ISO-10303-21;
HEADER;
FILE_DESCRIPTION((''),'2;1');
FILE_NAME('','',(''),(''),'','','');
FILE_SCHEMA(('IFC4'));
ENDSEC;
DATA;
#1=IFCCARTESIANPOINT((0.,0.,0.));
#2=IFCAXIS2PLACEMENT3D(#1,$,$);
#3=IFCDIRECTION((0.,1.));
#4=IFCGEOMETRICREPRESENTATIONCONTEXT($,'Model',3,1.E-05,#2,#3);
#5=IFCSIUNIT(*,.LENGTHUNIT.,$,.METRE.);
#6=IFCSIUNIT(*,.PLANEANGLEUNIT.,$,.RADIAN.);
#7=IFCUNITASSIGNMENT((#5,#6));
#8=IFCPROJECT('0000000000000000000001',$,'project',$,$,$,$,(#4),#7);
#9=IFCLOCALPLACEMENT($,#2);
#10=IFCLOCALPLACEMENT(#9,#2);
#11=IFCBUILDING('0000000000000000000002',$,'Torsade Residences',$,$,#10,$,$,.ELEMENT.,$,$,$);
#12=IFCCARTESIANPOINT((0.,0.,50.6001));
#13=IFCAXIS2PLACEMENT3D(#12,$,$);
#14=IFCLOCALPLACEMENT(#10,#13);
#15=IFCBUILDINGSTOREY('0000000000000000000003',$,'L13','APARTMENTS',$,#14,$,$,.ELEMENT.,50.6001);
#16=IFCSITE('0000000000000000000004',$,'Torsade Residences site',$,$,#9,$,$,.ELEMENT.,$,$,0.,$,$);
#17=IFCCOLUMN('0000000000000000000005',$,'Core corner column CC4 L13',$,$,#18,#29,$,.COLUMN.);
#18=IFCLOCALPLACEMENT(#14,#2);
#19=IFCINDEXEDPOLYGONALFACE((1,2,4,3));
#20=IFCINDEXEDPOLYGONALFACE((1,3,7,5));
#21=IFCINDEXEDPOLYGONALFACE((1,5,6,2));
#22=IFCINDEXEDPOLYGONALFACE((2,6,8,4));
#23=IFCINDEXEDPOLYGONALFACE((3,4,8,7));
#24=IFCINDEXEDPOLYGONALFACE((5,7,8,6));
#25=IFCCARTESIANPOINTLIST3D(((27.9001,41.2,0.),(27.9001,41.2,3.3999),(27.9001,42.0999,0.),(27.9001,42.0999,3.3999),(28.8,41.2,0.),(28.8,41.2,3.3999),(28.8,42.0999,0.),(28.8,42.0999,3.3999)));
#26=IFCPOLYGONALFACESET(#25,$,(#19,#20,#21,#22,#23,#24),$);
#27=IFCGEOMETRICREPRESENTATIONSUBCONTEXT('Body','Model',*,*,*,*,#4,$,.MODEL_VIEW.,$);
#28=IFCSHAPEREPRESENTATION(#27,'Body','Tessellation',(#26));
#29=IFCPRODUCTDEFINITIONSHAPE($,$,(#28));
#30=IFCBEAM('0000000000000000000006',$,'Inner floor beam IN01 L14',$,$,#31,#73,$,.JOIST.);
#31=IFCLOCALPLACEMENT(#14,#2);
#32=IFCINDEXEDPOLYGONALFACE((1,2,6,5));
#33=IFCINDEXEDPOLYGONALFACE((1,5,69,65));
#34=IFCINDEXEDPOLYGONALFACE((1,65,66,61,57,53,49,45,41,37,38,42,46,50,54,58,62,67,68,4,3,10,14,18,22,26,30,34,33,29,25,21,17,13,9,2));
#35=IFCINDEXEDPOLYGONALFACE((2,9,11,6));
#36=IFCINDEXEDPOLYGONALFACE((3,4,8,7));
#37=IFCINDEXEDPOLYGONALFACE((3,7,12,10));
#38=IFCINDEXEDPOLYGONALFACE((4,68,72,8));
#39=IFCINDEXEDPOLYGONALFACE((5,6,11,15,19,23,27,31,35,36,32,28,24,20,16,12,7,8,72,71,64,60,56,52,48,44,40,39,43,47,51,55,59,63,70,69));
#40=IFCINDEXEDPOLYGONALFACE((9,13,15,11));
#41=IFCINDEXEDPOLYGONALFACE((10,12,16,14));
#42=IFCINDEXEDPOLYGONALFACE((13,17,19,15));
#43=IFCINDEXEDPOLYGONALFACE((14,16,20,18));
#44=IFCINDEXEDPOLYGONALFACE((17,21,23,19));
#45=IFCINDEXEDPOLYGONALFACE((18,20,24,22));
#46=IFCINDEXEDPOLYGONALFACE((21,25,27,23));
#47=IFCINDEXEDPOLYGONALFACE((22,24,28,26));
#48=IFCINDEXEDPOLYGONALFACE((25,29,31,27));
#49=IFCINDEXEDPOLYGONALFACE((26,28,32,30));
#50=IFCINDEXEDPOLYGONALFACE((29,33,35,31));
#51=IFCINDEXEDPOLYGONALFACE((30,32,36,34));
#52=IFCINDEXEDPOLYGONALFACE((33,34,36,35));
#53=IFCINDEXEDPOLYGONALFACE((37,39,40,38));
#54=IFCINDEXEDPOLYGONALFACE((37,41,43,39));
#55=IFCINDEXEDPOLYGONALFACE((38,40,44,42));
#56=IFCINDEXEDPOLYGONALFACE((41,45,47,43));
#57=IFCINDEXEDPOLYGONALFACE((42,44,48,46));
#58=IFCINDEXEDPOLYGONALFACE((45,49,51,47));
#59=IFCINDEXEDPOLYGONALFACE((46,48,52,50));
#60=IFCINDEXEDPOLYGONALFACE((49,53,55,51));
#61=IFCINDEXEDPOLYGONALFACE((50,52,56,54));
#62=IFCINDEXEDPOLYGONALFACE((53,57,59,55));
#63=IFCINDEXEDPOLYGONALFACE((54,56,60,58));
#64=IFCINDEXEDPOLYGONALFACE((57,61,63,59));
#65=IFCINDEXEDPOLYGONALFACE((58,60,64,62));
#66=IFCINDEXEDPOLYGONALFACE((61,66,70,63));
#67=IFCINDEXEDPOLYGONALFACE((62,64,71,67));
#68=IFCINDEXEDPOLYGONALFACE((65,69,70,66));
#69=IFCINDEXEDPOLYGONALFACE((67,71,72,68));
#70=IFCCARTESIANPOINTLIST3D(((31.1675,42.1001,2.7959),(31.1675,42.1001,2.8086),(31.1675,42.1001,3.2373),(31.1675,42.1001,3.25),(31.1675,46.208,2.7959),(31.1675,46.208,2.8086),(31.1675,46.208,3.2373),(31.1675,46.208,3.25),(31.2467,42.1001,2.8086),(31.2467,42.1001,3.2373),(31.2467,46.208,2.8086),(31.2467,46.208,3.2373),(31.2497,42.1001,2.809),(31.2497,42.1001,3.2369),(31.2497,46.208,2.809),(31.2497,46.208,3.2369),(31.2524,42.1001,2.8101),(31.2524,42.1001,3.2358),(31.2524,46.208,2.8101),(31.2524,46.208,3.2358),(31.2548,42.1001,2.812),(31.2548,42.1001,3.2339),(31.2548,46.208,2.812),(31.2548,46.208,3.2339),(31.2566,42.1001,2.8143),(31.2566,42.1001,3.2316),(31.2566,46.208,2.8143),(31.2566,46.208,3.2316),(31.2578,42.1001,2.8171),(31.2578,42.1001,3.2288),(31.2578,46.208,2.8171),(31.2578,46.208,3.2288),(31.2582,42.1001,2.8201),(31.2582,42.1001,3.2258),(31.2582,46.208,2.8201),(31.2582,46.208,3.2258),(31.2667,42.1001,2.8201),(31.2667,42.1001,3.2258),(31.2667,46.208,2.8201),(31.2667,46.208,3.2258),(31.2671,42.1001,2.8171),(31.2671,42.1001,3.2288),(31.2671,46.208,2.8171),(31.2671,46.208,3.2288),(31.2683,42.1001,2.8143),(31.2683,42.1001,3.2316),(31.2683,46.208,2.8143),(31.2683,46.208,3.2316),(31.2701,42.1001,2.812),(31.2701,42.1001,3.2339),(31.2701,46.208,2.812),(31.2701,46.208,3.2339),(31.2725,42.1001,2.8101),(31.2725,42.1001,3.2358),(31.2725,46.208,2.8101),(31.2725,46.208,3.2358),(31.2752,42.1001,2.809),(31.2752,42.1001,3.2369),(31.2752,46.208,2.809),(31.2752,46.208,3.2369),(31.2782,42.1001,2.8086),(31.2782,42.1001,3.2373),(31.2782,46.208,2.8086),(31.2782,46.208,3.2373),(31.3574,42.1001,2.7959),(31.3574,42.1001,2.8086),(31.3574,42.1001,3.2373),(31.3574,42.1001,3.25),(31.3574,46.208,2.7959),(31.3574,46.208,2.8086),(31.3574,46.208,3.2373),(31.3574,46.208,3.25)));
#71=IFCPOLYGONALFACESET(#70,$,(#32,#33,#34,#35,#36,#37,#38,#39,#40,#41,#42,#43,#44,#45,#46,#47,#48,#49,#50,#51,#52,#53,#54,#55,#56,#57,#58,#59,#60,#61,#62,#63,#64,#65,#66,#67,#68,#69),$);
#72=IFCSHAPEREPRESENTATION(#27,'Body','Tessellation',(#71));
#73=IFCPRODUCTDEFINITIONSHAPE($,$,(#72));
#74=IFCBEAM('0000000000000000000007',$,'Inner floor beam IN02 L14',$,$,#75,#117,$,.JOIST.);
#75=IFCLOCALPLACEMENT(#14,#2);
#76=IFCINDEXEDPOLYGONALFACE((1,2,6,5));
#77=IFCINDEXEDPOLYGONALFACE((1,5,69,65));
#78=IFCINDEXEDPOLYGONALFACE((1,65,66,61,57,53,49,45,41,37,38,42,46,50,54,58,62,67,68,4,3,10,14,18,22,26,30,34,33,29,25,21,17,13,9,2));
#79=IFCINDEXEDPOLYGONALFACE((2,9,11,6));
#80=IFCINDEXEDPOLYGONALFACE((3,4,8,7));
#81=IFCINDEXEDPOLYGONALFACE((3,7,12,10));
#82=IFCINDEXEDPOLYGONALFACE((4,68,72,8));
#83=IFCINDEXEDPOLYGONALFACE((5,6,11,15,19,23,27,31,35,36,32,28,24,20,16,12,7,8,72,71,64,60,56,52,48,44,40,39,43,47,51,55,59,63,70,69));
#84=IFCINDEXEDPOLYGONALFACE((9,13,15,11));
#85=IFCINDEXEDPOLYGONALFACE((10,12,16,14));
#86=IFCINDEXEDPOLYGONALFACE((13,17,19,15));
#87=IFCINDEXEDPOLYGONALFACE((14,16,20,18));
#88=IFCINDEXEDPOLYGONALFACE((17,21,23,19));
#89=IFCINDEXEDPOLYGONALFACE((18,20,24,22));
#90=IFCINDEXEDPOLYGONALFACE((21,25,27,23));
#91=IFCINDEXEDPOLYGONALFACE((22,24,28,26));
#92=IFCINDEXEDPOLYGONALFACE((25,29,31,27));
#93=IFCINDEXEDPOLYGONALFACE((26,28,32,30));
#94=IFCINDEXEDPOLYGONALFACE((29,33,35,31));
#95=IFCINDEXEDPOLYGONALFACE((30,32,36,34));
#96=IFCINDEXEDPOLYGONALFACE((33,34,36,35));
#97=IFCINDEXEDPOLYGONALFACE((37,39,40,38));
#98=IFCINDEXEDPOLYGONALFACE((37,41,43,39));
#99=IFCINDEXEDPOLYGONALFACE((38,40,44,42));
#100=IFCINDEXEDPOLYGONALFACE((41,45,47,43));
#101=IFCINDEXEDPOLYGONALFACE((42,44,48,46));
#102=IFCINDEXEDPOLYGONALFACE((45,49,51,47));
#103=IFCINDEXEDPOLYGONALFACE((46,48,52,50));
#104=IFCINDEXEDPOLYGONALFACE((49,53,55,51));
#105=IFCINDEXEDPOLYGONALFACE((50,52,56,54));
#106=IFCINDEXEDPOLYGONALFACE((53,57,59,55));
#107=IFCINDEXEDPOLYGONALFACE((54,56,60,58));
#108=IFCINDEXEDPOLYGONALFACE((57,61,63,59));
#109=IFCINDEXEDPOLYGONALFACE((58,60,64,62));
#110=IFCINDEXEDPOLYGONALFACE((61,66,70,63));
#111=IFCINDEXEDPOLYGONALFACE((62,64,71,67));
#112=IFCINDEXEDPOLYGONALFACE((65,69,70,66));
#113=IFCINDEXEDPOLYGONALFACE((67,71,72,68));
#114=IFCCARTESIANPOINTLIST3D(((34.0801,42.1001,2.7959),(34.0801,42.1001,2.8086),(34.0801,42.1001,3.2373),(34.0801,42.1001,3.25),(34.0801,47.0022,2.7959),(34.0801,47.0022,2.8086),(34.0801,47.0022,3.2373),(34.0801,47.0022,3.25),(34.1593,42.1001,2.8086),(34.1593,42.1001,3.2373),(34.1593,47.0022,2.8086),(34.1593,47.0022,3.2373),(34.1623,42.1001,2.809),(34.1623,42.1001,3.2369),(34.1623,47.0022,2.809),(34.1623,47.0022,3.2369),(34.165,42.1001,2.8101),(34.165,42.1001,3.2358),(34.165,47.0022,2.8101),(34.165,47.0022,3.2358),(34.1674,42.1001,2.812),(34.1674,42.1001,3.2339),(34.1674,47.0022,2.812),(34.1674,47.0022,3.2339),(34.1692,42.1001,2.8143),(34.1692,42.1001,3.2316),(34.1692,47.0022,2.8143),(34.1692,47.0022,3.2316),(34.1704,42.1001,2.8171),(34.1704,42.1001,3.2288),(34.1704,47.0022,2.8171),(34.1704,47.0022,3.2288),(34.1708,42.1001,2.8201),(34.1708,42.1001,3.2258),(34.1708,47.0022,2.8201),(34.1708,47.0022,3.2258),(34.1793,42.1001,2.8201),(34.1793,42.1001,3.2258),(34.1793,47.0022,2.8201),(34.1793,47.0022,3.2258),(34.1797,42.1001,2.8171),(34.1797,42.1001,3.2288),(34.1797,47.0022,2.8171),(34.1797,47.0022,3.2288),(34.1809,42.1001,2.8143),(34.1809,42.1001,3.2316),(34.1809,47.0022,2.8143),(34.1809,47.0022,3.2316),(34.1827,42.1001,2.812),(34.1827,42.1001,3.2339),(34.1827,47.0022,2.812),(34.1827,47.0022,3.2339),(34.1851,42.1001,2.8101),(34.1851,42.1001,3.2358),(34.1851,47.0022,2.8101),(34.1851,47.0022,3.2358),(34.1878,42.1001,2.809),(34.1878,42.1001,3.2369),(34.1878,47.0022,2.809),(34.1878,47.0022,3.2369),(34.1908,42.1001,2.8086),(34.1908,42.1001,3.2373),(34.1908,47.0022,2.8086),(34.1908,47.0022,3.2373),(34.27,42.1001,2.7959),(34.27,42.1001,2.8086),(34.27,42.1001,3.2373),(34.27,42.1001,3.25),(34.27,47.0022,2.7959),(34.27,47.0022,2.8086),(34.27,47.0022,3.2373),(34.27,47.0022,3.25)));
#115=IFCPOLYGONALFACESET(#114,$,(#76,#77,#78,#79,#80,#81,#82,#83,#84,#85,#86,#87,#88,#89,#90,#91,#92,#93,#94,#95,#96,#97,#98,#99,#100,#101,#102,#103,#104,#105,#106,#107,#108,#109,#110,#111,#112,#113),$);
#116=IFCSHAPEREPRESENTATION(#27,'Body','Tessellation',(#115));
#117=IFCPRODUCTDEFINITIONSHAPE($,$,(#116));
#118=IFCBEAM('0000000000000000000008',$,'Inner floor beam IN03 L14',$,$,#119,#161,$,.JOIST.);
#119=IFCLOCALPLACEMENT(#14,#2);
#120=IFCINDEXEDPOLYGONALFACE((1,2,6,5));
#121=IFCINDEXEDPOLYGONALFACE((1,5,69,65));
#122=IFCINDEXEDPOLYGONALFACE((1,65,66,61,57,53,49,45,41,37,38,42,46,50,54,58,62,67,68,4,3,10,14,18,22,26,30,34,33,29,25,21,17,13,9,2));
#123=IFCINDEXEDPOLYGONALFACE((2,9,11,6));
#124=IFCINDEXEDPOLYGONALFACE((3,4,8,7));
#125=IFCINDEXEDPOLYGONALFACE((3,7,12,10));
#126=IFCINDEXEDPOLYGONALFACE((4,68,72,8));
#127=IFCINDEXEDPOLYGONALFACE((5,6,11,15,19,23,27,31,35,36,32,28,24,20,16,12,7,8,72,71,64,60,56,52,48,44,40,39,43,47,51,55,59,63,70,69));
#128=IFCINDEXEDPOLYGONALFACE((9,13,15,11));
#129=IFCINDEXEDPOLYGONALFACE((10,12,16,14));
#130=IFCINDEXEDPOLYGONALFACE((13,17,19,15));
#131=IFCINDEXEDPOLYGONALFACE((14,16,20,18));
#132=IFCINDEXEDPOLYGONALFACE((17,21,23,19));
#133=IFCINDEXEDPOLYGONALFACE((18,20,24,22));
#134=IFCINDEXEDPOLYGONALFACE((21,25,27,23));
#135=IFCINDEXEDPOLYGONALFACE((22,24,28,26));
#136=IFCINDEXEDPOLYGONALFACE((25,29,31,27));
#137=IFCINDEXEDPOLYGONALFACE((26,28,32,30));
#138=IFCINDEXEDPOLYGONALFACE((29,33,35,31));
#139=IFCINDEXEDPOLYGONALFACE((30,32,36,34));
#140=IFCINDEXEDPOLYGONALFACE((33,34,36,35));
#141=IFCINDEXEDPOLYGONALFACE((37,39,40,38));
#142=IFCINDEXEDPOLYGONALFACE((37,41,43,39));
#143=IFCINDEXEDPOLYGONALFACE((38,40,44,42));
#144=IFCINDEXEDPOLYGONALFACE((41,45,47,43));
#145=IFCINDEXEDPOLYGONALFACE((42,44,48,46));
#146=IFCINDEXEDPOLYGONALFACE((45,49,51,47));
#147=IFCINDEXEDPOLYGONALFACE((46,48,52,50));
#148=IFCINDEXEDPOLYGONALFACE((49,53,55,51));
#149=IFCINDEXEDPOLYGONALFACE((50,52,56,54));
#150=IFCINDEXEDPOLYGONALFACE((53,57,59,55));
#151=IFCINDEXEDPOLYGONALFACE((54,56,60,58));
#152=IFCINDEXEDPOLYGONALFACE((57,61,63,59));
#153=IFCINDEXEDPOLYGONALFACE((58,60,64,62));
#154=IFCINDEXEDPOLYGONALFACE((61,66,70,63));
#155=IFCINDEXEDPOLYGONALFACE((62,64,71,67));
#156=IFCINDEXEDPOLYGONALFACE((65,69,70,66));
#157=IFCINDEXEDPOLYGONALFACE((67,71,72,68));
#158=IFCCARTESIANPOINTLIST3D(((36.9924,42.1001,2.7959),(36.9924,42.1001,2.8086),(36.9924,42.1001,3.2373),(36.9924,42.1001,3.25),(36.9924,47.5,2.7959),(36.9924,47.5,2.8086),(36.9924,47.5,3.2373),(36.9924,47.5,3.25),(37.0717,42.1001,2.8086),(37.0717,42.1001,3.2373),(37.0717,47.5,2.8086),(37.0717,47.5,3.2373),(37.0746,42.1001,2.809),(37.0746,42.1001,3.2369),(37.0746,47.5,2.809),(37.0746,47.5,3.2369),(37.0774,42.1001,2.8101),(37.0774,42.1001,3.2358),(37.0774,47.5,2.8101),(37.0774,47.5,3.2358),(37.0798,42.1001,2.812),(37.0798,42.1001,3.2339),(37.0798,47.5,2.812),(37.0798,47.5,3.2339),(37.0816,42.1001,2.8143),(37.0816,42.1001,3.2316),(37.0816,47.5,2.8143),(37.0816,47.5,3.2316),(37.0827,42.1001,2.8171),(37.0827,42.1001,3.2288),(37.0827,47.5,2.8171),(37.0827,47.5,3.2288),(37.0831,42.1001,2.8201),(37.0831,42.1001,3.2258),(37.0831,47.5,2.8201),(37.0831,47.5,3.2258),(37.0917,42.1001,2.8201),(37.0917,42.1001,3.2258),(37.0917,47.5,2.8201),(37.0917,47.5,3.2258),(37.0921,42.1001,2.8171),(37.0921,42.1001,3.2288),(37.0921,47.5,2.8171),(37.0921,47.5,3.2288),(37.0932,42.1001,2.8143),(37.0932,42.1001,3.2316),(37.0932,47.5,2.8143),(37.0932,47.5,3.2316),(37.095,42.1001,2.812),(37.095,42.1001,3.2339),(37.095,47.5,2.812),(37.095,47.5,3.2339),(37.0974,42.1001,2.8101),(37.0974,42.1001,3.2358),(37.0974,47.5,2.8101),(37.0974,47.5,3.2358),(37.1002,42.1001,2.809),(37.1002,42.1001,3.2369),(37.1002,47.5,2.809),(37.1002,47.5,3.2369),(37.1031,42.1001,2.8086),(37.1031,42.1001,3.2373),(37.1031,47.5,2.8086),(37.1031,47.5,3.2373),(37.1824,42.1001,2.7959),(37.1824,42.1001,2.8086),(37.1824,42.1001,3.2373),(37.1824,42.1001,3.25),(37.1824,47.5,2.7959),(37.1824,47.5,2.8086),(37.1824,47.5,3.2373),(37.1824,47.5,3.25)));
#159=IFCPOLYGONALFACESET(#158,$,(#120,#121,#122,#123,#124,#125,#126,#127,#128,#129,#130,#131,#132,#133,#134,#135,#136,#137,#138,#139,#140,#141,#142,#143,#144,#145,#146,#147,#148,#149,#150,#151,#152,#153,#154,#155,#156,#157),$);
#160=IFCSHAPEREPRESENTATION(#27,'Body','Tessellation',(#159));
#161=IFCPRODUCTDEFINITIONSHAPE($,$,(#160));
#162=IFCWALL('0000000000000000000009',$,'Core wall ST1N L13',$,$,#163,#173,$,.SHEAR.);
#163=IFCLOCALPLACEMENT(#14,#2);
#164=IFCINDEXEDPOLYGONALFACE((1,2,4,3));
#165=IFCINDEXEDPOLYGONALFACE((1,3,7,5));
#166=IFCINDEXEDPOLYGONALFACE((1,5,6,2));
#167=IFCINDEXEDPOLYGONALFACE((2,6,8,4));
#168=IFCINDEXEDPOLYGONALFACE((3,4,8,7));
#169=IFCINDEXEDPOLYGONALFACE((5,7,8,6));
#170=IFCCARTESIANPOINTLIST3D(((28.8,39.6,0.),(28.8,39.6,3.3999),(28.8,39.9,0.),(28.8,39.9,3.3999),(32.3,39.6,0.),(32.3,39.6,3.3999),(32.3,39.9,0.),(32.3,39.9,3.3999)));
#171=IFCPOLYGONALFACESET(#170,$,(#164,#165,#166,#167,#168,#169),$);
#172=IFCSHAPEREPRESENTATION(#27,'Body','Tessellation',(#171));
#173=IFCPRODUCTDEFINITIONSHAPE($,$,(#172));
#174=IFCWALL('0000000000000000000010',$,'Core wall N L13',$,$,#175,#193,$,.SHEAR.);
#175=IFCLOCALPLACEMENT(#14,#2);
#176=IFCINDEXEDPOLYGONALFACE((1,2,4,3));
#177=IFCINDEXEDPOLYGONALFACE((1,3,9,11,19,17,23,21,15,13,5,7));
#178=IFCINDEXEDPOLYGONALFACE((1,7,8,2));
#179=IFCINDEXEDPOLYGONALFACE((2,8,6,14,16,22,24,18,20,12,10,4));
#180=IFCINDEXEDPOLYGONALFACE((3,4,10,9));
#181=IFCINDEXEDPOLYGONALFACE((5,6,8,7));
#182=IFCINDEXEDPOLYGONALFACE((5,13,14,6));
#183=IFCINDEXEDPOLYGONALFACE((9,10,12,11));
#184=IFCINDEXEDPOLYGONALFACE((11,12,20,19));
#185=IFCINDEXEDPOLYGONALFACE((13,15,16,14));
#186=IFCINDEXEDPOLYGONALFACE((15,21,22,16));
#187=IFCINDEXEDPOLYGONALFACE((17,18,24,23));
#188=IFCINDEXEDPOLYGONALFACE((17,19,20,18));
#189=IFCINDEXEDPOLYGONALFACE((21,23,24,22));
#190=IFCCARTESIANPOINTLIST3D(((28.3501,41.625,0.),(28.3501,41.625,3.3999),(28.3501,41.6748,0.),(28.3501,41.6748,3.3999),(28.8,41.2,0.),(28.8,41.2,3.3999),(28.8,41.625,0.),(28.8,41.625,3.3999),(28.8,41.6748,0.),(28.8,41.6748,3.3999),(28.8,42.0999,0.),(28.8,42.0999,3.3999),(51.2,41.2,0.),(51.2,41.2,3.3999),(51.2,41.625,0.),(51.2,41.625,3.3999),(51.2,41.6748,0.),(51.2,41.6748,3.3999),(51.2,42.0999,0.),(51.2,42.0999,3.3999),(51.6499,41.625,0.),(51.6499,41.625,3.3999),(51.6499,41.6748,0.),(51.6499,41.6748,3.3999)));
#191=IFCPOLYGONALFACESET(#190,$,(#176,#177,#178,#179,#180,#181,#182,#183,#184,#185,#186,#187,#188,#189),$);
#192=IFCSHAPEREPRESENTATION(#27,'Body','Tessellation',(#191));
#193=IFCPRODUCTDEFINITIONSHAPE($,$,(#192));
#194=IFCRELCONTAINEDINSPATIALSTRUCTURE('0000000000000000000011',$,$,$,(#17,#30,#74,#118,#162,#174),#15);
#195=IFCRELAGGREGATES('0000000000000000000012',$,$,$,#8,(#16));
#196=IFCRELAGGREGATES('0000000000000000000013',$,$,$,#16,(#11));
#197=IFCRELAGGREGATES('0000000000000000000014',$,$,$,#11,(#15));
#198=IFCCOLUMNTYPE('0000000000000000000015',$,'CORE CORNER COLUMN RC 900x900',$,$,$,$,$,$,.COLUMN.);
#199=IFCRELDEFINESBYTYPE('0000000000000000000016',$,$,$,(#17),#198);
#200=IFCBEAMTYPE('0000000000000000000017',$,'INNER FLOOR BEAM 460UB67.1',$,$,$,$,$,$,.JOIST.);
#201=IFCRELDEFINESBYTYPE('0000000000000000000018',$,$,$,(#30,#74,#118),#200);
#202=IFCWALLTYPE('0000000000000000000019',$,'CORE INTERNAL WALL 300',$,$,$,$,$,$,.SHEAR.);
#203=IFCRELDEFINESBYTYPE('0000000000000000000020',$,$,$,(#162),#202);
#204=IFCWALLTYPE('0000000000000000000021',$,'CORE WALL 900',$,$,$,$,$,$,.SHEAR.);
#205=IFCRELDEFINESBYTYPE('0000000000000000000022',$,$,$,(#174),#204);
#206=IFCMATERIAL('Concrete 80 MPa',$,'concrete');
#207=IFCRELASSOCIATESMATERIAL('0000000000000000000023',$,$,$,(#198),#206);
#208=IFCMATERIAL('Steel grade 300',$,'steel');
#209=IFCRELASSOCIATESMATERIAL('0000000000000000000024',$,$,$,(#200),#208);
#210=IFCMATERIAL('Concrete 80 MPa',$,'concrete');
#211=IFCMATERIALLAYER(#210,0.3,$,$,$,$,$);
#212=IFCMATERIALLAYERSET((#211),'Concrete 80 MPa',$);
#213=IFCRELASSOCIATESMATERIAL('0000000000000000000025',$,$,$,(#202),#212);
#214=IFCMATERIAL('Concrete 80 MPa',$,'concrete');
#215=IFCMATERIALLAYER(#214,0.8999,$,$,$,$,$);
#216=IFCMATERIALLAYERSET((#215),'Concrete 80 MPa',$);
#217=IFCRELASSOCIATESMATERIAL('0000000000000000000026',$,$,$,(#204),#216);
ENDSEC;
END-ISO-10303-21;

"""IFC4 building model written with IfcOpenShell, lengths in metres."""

from ifc_helpers import new_model, si_unit, direction, frame, frame_2d, origin, origin_2d, place, context, subcontext, project, spatial, polyline, rectangle, i_section, outline, extrude, material, layer, layer_set, material_profile, profile_set, type_object, element, save


model = new_model("IFC4")

# Units and contexts
model_context = context("Model", 3, precision=1e-05, world=origin(), true_north=direction((0.0, 1.0)))
body_context = subcontext(model_context, "Body", "Model", "MODEL_VIEW")
ifc_project = project(units=[si_unit("LENGTHUNIT", "METRE"), si_unit("PLANEANGLEUNIT", "RADIAN")], contexts=[model_context])

# Site, building, storey
site_placement = place(None, origin())
site = spatial("IfcSite", under=ifc_project, at=site_placement, Name="Torsade Residences site", CompositionType="ELEMENT", RefElevation=0.0)
building_placement = place(site_placement, origin())
building = spatial("IfcBuilding", under=site, at=building_placement, Name="Torsade Residences", CompositionType="ELEMENT")
storey_placement = place(building_placement, frame((0.0, 0.0, 50.6001)))
storey = spatial("IfcBuildingStorey", under=building, at=storey_placement, Name="L13", Description="APARTMENTS", CompositionType="ELEMENT", Elevation=50.6001)

# Column
ifc_material_1 = material(Name="Concrete 80 MPa", Category="concrete")
ifc_material_profile_1 = material_profile(ifc_material_1, rectangle(XDim=0.8999, YDim=0.8999, at=origin_2d()), Name="RC 900x900")
ifc_profile_set_1 = profile_set([ifc_material_profile_1], Name="Concrete 80 MPa")
column_type = type_object("IfcColumnType", Name="CORE CORNER COLUMN RC 900x900", PredefinedType="COLUMN", material=ifc_profile_set_1)
column_placement = place(storey_placement, frame((28.3501, 41.6499, 0.0), z_axis=(0.0, 0.0, 1.0), x_axis=(1.0, 0.0, 0.0)))
element("IfcColumn", 1, at=column_placement, inside=storey, type_object=column_type, Name="Core corner column CC4 L13", PredefinedType="COLUMN", context=body_context, shape_type="SweptSolid", body=[
    extrude(rectangle(XDim=0.8999, YDim=0.8999, at=origin_2d()), origin(), (0.0, 0.0, 1.0), 3.3999),
])

# Beams
ifc_material_2 = material(Name="Steel grade 300", Category="steel")
ifc_material_profile_2 = material_profile(ifc_material_2, i_section(OverallWidth=0.1899, OverallDepth=0.4541, WebThickness=0.0085, FlangeThickness=0.0127, FilletRadius=0.0115, at=origin_2d()), Name="460UB67.1")
ifc_profile_set_2 = profile_set([ifc_material_profile_2], Name="Steel grade 300")
beam_type = type_object("IfcBeamType", Name="INNER FLOOR BEAM 460UB67.1", PredefinedType="JOIST", material=ifc_profile_set_2)
beam_1_placement = place(storey_placement, frame((31.2625, 42.1001, 3.0229), z_axis=(0.0, 1.0, 0.0), x_axis=(-1.0, 0.0, 0.0)))
element("IfcBeam", 2, at=beam_1_placement, inside=storey, type_object=beam_type, Name="Inner floor beam IN01 L14", PredefinedType="JOIST", context=body_context, shape_type="SweptSolid", body=[
    extrude(i_section(OverallWidth=0.1899, OverallDepth=0.4541, WebThickness=0.0085, FlangeThickness=0.0127, FilletRadius=0.0115, at=origin_2d()), origin(), (0.0, 0.0, 1.0), 4.1079),
])
beam_2_placement = place(storey_placement, frame((34.175, 42.1001, 3.0229), z_axis=(0.0, 1.0, 0.0), x_axis=(-1.0, 0.0, 0.0)))
element("IfcBeam", 3, at=beam_2_placement, inside=storey, type_object=beam_type, Name="Inner floor beam IN02 L14", PredefinedType="JOIST", context=body_context, shape_type="SweptSolid", body=[
    extrude(i_section(OverallWidth=0.1899, OverallDepth=0.4541, WebThickness=0.0085, FlangeThickness=0.0127, FilletRadius=0.0115, at=origin_2d()), origin(), (0.0, 0.0, 1.0), 4.9021),
])
beam_3_placement = place(storey_placement, frame((37.0874, 42.1001, 3.0229), z_axis=(0.0, 1.0, 0.0), x_axis=(-1.0, 0.0, 0.0)))
element("IfcBeam", 4, at=beam_3_placement, inside=storey, type_object=beam_type, Name="Inner floor beam IN03 L14", PredefinedType="JOIST", context=body_context, shape_type="SweptSolid", body=[
    extrude(i_section(OverallWidth=0.1899, OverallDepth=0.4541, WebThickness=0.0085, FlangeThickness=0.0127, FilletRadius=0.0115, at=origin_2d()), origin(), (0.0, 0.0, 1.0), 5.3999),
])

# Walls
ifc_material_3 = material(Name="Concrete 80 MPa", Category="concrete")
ifc_layer_1 = layer(ifc_material_3, 0.3)
ifc_layer_set_1 = layer_set([ifc_layer_1], Name="Concrete 80 MPa")
wall_type_1 = type_object("IfcWallType", Name="CORE INTERNAL WALL 300", PredefinedType="SHEAR", material=ifc_layer_set_1)
wall_1_placement = place(storey_placement, frame((28.8, 39.75, 0.0), z_axis=(0.0, 0.0, 1.0), x_axis=(1.0, 0.0, 0.0)))
element("IfcWall", 5, at=wall_1_placement, inside=storey, type_object=wall_type_1, Name="Core wall ST1N L13", PredefinedType="SHEAR", context=body_context, shape_type="SweptSolid", body=[
    extrude(rectangle(XDim=3.5, YDim=0.3, at=frame_2d((1.75, 0.0))), origin(), (0.0, 0.0, 1.0), 3.3999),
])
ifc_material_4 = material(Name="Concrete 80 MPa", Category="concrete")
ifc_layer_2 = layer(ifc_material_4, 0.8999)
ifc_layer_set_2 = layer_set([ifc_layer_2], Name="Concrete 80 MPa")
wall_type_2 = type_object("IfcWallType", Name="CORE WALL 900", PredefinedType="SHEAR", material=ifc_layer_set_2)
wall_2_placement = place(storey_placement, frame((28.8, 41.6499, 0.0), z_axis=(0.0, 0.0, 1.0), x_axis=(1.0, 0.0, 0.0)))
element("IfcWall", 6, at=wall_2_placement, inside=storey, type_object=wall_type_2, Name="Core wall N L13", PredefinedType="SHEAR", context=body_context, shape_type="SweptSolid", body=[
    extrude(outline(polyline([(0.0, -0.45), (22.3999, -0.45), (22.3999, -0.0249), (22.8499, -0.0249), (22.8499, 0.0249), (22.3999, 0.0249), (22.3999, 0.45), (0.0, 0.45), (0.0, 0.0249), (-0.45, 0.0249), (-0.45, -0.0249), (0.0, -0.0249), (0.0, -0.45)])), origin(), (0.0, 0.0, 1.0), 3.3999),
])

save(model, "model.ifc")
